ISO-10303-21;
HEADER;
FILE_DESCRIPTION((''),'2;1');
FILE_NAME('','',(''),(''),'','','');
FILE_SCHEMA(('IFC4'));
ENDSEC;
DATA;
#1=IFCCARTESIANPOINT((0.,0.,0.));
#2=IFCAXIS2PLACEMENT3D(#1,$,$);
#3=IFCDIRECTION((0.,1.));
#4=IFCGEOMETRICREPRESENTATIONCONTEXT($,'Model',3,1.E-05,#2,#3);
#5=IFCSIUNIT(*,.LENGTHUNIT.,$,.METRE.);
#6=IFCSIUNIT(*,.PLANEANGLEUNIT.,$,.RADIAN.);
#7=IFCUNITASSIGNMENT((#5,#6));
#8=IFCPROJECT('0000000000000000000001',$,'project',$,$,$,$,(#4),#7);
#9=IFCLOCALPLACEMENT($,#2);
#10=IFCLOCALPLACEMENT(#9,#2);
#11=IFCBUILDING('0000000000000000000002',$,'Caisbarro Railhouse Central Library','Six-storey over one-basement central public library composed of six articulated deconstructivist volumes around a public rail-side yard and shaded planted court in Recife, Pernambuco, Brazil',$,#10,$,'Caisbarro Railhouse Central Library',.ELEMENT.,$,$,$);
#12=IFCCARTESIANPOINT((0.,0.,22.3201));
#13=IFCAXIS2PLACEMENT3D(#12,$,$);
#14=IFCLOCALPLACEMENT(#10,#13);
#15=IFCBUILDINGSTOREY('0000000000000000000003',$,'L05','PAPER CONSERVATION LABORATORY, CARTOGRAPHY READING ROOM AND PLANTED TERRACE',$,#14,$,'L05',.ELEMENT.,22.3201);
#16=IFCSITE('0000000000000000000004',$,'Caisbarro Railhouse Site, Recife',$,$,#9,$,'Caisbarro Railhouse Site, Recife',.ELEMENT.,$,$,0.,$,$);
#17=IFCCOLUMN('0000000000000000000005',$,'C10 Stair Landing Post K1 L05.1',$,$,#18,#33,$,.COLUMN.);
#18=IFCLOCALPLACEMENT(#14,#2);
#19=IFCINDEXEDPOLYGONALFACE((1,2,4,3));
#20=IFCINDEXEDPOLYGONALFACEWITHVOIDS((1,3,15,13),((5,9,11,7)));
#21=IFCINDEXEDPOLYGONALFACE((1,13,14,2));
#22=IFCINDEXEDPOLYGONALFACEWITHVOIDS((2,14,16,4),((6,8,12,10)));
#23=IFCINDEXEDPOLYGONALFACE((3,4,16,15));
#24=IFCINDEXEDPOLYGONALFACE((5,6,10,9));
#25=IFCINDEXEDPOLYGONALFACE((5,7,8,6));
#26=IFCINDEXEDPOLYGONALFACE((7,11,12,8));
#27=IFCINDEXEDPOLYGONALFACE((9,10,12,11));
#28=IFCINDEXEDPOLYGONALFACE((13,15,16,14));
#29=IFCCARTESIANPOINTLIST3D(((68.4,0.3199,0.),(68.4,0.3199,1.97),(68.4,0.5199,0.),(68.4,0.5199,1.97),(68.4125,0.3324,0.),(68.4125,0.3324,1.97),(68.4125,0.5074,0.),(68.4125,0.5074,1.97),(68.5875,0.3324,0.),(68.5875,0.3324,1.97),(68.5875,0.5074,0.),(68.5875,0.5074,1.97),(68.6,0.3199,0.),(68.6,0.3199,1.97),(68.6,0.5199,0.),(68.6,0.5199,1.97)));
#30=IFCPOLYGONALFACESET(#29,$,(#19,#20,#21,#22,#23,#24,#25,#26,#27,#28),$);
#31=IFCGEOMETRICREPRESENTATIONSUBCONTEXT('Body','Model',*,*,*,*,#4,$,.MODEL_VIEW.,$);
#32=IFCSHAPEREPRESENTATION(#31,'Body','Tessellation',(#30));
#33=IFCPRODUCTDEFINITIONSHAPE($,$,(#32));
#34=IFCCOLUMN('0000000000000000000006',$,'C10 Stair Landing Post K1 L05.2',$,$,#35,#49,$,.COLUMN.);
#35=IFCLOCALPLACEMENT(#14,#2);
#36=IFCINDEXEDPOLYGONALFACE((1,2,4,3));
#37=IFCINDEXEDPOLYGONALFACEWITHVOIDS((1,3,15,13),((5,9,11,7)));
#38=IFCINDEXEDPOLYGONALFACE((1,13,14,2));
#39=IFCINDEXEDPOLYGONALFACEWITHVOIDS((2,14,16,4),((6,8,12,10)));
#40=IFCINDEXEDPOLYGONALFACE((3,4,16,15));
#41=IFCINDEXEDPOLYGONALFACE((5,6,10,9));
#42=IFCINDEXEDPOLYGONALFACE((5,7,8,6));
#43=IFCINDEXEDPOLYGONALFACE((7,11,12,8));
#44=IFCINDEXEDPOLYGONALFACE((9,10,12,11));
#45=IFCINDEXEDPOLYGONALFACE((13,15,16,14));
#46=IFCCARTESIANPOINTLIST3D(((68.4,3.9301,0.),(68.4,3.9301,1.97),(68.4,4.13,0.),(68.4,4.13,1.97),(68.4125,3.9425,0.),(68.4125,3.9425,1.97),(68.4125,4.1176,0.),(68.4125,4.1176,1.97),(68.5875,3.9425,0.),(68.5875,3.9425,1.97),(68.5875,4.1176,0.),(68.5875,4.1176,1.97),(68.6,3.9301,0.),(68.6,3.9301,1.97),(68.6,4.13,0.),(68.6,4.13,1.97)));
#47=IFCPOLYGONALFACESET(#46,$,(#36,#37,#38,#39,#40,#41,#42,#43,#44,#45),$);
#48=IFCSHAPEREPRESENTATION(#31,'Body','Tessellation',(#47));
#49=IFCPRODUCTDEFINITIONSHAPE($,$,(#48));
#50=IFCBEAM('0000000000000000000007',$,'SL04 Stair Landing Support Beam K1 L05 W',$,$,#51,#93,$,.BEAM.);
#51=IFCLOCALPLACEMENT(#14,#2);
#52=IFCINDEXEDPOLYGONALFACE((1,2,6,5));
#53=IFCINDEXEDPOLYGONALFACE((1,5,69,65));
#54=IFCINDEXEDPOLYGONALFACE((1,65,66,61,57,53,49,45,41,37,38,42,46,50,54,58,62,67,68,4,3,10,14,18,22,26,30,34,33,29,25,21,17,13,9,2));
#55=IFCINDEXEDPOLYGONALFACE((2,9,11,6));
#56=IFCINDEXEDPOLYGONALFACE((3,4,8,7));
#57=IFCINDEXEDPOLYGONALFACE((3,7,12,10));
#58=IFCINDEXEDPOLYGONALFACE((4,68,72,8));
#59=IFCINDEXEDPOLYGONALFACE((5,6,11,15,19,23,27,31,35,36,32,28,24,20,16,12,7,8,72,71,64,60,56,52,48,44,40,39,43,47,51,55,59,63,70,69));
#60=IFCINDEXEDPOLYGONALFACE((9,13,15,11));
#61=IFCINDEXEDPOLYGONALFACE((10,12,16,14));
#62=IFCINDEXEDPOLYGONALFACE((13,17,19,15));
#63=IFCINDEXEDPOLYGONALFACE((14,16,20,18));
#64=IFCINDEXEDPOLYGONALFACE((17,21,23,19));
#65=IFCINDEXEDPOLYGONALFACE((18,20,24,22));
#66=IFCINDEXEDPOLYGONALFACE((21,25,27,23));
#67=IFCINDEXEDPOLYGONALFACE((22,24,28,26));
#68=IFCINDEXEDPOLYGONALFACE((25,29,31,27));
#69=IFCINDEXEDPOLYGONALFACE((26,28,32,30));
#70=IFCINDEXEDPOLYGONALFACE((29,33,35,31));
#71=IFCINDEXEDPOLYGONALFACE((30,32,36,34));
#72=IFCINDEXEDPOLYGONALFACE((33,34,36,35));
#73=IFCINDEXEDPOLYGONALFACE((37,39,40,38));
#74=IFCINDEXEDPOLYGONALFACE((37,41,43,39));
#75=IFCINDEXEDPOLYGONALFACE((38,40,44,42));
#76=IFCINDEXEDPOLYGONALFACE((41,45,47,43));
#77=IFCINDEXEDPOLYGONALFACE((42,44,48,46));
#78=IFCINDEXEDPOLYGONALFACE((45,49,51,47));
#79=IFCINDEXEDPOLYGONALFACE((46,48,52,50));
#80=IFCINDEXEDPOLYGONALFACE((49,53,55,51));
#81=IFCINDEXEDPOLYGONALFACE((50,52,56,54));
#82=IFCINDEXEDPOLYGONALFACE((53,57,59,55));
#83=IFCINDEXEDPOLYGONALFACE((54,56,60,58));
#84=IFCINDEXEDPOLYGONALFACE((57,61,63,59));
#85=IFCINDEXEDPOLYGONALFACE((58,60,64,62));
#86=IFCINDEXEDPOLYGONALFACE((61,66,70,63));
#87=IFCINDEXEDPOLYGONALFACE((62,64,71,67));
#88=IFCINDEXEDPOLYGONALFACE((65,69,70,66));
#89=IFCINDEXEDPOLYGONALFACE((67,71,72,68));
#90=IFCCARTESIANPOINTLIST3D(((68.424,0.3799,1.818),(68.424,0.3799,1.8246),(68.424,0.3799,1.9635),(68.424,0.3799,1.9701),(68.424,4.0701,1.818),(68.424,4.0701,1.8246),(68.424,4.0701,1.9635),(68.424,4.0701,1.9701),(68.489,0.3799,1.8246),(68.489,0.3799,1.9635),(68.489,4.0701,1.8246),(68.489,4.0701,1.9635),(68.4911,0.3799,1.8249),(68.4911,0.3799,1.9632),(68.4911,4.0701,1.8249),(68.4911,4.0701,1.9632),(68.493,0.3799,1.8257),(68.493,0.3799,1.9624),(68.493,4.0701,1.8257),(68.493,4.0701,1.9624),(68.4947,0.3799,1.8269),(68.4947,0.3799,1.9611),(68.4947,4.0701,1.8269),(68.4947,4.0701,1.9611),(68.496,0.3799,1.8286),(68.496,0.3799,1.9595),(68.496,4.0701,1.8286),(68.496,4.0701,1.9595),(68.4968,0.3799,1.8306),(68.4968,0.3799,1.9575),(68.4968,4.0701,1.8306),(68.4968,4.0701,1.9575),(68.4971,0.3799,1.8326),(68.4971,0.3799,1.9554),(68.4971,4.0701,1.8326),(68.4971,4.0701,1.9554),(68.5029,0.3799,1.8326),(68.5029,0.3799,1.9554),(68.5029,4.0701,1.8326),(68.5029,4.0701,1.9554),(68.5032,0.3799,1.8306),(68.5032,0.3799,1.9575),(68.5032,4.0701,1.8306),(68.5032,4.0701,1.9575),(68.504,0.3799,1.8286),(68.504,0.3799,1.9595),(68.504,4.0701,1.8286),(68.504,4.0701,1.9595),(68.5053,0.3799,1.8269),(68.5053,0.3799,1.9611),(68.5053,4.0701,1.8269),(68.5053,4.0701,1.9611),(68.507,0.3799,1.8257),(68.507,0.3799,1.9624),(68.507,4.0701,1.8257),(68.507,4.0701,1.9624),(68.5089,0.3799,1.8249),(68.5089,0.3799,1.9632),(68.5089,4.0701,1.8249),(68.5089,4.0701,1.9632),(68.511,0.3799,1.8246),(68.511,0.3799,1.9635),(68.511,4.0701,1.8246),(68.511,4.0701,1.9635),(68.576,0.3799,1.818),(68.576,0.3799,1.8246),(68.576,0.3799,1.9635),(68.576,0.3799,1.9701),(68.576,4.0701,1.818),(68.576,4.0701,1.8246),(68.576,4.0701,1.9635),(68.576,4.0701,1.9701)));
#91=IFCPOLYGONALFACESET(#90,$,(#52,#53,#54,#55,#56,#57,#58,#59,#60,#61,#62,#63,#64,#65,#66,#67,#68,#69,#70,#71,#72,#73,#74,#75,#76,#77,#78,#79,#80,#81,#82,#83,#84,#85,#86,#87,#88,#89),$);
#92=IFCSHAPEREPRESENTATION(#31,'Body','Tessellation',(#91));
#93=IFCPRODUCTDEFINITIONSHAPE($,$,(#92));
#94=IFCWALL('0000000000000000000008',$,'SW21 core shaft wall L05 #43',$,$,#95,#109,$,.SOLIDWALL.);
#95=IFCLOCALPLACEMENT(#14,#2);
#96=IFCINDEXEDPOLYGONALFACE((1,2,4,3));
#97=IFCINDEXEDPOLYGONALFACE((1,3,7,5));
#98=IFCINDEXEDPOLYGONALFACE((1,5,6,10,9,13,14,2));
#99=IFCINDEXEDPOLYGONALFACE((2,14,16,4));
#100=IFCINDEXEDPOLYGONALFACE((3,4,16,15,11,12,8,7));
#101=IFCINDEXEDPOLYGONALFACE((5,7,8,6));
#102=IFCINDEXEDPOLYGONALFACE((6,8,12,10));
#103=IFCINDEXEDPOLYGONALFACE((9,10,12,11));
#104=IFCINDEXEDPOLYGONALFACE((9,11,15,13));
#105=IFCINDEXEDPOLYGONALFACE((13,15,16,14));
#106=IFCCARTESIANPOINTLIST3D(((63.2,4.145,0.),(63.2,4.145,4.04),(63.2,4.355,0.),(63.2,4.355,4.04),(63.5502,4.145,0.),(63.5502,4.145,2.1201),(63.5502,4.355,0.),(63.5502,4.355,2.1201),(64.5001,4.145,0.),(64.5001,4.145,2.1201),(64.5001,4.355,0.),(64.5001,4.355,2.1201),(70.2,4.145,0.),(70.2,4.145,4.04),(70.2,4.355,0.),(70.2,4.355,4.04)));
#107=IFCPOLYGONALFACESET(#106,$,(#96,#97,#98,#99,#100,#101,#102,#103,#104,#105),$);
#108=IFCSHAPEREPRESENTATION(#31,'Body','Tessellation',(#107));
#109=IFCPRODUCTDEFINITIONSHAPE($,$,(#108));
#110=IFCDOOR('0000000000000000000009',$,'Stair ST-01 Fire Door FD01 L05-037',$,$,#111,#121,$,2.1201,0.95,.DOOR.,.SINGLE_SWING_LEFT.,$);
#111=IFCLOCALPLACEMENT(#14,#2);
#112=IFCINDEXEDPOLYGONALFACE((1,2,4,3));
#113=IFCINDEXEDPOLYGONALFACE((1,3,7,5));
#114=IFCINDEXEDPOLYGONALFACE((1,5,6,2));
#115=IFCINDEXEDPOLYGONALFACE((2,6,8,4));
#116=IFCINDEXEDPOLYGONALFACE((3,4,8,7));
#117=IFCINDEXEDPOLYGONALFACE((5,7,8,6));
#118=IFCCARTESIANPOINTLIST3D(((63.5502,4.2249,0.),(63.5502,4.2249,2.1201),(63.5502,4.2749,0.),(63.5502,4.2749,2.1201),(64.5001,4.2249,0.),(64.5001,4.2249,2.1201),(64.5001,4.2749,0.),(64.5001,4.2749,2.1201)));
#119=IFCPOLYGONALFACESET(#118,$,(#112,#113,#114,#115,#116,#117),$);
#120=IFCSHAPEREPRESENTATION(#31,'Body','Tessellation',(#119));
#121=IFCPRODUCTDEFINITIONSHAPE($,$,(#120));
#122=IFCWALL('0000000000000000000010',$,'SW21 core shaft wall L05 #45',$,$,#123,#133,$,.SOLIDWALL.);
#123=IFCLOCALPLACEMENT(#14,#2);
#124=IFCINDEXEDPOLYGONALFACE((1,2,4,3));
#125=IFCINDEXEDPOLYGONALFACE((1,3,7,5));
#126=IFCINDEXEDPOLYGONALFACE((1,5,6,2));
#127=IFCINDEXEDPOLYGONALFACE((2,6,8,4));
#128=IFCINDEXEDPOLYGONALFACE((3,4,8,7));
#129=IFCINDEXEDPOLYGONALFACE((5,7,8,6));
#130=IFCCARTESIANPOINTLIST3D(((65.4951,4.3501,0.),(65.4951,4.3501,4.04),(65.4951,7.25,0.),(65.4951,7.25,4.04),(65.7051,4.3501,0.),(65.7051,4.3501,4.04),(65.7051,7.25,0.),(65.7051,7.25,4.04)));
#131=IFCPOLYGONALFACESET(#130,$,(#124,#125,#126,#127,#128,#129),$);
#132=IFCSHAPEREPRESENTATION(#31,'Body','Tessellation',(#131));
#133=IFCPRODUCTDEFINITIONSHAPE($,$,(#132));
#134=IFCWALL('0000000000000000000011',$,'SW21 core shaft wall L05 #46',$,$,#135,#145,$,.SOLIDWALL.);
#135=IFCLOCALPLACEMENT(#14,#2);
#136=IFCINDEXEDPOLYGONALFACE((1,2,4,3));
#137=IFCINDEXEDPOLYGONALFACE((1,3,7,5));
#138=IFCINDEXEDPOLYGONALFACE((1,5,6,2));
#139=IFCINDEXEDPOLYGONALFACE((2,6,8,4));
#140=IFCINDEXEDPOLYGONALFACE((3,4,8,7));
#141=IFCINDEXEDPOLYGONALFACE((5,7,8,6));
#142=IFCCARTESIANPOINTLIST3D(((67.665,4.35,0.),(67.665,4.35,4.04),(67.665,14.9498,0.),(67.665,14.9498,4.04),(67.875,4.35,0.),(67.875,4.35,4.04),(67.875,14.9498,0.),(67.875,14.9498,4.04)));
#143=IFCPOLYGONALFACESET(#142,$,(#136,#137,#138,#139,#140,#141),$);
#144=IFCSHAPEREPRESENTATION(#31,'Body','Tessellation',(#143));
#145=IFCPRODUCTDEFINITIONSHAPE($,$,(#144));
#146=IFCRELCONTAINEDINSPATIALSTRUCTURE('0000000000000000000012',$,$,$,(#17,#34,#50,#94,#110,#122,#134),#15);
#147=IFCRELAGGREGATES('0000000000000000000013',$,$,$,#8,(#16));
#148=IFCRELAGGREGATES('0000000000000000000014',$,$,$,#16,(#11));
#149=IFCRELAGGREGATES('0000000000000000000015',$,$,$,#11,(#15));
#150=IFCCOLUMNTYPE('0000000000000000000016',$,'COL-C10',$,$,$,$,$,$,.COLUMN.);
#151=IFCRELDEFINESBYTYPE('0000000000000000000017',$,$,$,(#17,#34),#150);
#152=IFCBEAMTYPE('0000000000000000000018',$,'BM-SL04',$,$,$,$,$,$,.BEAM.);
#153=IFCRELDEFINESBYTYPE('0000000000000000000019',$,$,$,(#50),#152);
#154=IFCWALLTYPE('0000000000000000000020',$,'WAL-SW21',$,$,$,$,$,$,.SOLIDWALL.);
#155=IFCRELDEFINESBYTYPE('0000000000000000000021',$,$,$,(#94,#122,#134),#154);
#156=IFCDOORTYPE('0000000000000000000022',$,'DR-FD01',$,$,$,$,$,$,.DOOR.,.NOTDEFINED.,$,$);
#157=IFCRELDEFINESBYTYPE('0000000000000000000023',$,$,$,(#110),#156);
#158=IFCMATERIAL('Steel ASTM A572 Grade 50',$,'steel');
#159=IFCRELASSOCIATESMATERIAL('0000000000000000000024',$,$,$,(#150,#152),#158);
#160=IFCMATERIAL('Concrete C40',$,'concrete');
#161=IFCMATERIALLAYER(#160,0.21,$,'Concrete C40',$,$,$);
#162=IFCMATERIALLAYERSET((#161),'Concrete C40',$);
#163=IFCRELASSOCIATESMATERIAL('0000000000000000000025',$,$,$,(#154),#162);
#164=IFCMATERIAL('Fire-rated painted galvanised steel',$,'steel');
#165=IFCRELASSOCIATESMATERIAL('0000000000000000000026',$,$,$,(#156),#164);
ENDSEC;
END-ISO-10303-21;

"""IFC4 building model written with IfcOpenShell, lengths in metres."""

from ifc_helpers import new_model, si_unit, direction, frame, frame_2d, origin, origin_2d, place, context, subcontext, project, spatial, rectangle, hollow_rectangle, i_section, extrude, material, layer, layer_set, material_profile, profile_set, type_object, element, fill, save


model = new_model("IFC4")

# Units and contexts
model_context = context("Model", 3, precision=1e-05, world=origin(), true_north=direction((0.0, 1.0)))
body_context = subcontext(model_context, "Body", "Model", "MODEL_VIEW")
ifc_project = project(units=[si_unit("LENGTHUNIT", "METRE"), si_unit("PLANEANGLEUNIT", "RADIAN")], contexts=[model_context])

# Site, building, storey
site_placement = place(None, origin())
site = spatial("IfcSite", under=ifc_project, at=site_placement, Name="Caisbarro Railhouse Site, Recife", LongName="Caisbarro Railhouse Site, Recife", CompositionType="ELEMENT", RefElevation=0.0)
building_placement = place(site_placement, origin())
building = spatial("IfcBuilding", under=site, at=building_placement, Name="Caisbarro Railhouse Central Library", Description="Six-storey over one-basement central public library composed of six articulated deconstructivist volumes around a public rail-side yard and shaded planted court in Recife, Pernambuco, Brazil", LongName="Caisbarro Railhouse Central Library", CompositionType="ELEMENT")
storey_placement = place(building_placement, frame((0.0, 0.0, 22.3201)))
storey = spatial("IfcBuildingStorey", under=building, at=storey_placement, Name="L05", Description="PAPER CONSERVATION LABORATORY, CARTOGRAPHY READING ROOM AND PLANTED TERRACE", LongName="L05", CompositionType="ELEMENT", Elevation=22.3201)

# Columns
ifc_material_1 = material(Name="Steel ASTM A572 Grade 50", Category="steel")
ifc_material_profile_1 = material_profile(ifc_material_1, hollow_rectangle(XDim=0.2, YDim=0.2, WallThickness=0.0125, at=origin_2d()), Name="HSS200X200X12.5")
ifc_profile_set_1 = profile_set([ifc_material_profile_1], Name="Steel ASTM A572 Grade 50")
column_type = type_object("IfcColumnType", Name="COL-C10", PredefinedType="COLUMN", material=ifc_profile_set_1)
for number, where, z_axis, x_axis, name in (
    (1, (68.5, 0.4199, 0.0), (0.0, 0.0, 1.0), (1.0, 0.0, 0.0), "C10 Stair Landing Post K1 L05.1"),
    (2, (68.5, 4.03, 0.0), (0.0, 0.0, 1.0), (1.0, 0.0, 0.0), "C10 Stair Landing Post K1 L05.2"),
):
    element("IfcColumn", number, at=place(storey_placement, frame(where, z_axis=z_axis, x_axis=x_axis)), inside=storey, type_object=column_type, Name=name, PredefinedType="COLUMN", context=body_context, shape_type="SweptSolid", body=[
        extrude(hollow_rectangle(XDim=0.2, YDim=0.2, WallThickness=0.0125, at=origin_2d()), origin(), (0.0, 0.0, 1.0), 1.97),
    ])

# Beam
ifc_material_profile_2 = material_profile(ifc_material_1, i_section(OverallWidth=0.1521, OverallDepth=0.1521, WebThickness=0.0059, FlangeThickness=0.0066, FilletRadius=0.0081, at=origin_2d()), Name="W150X22.5")
ifc_profile_set_2 = profile_set([ifc_material_profile_2], Name="Steel ASTM A572 Grade 50")
beam_type = type_object("IfcBeamType", Name="BM-SL04", PredefinedType="BEAM", material=ifc_profile_set_2)
beam_placement = place(storey_placement, frame((68.5, 0.3799, 1.894), z_axis=(0.0, 1.0, 0.0), x_axis=(-1.0, 0.0, 0.0)))
element("IfcBeam", 3, at=beam_placement, inside=storey, type_object=beam_type, Name="SL04 Stair Landing Support Beam K1 L05 W", PredefinedType="BEAM", context=body_context, shape_type="SweptSolid", body=[
    extrude(i_section(OverallWidth=0.1521, OverallDepth=0.1521, WebThickness=0.0059, FlangeThickness=0.0066, FilletRadius=0.0081, at=origin_2d()), origin(), (0.0, 0.0, 1.0), 3.6902),
])

# Wall, opening, door
ifc_material_2 = material(Name="Concrete C40", Category="concrete")
ifc_layer_1 = layer(ifc_material_2, 0.21, Name="Concrete C40")
ifc_layer_set_1 = layer_set([ifc_layer_1], Name="Concrete C40")
wall_type = type_object("IfcWallType", Name="WAL-SW21", PredefinedType="SOLIDWALL", material=ifc_layer_set_1)
wall_1_placement = place(storey_placement, frame((63.2, 4.25, 0.0), z_axis=(0.0, 0.0, 1.0), x_axis=(1.0, 0.0, 0.0)))
wall_1 = element("IfcWall", 4, at=wall_1_placement, inside=storey, type_object=wall_type, Name="SW21 core shaft wall L05 #43", PredefinedType="SOLIDWALL", context=body_context, shape_type="SweptSolid", body=[
    extrude(rectangle(XDim=7.0, YDim=0.21, at=frame_2d((3.5, 0.0))), origin(), (0.0, 0.0, 1.0), 4.04),
])
opening_1_placement = place(wall_1_placement, frame((0.3501, 0.0, 0.0)))
opening_1 = element("IfcOpeningElement", 5, at=opening_1_placement, cuts=wall_1, PredefinedType="OPENING", context=body_context, shape_type="SweptSolid", body=[
    extrude(rectangle(XDim=0.95, YDim=2.1201, at=frame_2d((0.4751, 1.0601))), frame((0.0, 0.115, 0.0), z_axis=(0.0, -1.0, 0.0), x_axis=(1.0, 0.0, 0.0)), (0.0, 0.0, 1.0), 0.23),
])
ifc_material_3 = material(Name="Fire-rated painted galvanised steel", Category="steel")
door_type_1 = type_object("IfcDoorType", Name="DR-FD01", OperationType="NOTDEFINED", PredefinedType="DOOR", material=ifc_material_3)
door_1_placement = place(opening_1_placement, origin())
door_1 = element("IfcDoor", 6, at=door_1_placement, inside=storey, type_object=door_type_1, Name="Stair ST-01 Fire Door FD01 L05-037", OperationType="SINGLE_SWING_LEFT", OverallHeight=2.1201, OverallWidth=0.95, PredefinedType="DOOR", context=body_context, shape_type="SweptSolid", body=[
    extrude(rectangle(XDim=0.95, YDim=2.1201, at=frame_2d((0.4751, 1.0601))), frame((0.0, 0.0249, 0.0), z_axis=(0.0, -1.0, 0.0), x_axis=(1.0, 0.0, 0.0)), (0.0, 0.0, 1.0), 0.05),
])
fill(opening_1, door_1)

# Walls
wall_2_placement = place(storey_placement, frame((65.6001, 4.3501, 0.0), z_axis=(0.0, 0.0, 1.0), x_axis=(0.0, 1.0, 0.0)))
element("IfcWall", 7, at=wall_2_placement, inside=storey, type_object=wall_type, Name="SW21 core shaft wall L05 #45", PredefinedType="SOLIDWALL", context=body_context, shape_type="SweptSolid", body=[
    extrude(rectangle(XDim=2.8999, YDim=0.21, at=frame_2d((1.45, 0.0))), origin(), (0.0, 0.0, 1.0), 4.04),
])
wall_3_placement = place(storey_placement, frame((67.77, 4.3501, 0.0), z_axis=(0.0, 0.0, 1.0), x_axis=(0.0, 1.0, 0.0)))
element("IfcWall", 8, at=wall_3_placement, inside=storey, type_object=wall_type, Name="SW21 core shaft wall L05 #46", PredefinedType="SOLIDWALL", context=body_context, shape_type="SweptSolid", body=[
    extrude(rectangle(XDim=10.5999, YDim=0.21, at=frame_2d((5.2998, 0.0))), origin(), (0.0, 0.0, 1.0), 4.04),
])

save(model, "model.ifc")
